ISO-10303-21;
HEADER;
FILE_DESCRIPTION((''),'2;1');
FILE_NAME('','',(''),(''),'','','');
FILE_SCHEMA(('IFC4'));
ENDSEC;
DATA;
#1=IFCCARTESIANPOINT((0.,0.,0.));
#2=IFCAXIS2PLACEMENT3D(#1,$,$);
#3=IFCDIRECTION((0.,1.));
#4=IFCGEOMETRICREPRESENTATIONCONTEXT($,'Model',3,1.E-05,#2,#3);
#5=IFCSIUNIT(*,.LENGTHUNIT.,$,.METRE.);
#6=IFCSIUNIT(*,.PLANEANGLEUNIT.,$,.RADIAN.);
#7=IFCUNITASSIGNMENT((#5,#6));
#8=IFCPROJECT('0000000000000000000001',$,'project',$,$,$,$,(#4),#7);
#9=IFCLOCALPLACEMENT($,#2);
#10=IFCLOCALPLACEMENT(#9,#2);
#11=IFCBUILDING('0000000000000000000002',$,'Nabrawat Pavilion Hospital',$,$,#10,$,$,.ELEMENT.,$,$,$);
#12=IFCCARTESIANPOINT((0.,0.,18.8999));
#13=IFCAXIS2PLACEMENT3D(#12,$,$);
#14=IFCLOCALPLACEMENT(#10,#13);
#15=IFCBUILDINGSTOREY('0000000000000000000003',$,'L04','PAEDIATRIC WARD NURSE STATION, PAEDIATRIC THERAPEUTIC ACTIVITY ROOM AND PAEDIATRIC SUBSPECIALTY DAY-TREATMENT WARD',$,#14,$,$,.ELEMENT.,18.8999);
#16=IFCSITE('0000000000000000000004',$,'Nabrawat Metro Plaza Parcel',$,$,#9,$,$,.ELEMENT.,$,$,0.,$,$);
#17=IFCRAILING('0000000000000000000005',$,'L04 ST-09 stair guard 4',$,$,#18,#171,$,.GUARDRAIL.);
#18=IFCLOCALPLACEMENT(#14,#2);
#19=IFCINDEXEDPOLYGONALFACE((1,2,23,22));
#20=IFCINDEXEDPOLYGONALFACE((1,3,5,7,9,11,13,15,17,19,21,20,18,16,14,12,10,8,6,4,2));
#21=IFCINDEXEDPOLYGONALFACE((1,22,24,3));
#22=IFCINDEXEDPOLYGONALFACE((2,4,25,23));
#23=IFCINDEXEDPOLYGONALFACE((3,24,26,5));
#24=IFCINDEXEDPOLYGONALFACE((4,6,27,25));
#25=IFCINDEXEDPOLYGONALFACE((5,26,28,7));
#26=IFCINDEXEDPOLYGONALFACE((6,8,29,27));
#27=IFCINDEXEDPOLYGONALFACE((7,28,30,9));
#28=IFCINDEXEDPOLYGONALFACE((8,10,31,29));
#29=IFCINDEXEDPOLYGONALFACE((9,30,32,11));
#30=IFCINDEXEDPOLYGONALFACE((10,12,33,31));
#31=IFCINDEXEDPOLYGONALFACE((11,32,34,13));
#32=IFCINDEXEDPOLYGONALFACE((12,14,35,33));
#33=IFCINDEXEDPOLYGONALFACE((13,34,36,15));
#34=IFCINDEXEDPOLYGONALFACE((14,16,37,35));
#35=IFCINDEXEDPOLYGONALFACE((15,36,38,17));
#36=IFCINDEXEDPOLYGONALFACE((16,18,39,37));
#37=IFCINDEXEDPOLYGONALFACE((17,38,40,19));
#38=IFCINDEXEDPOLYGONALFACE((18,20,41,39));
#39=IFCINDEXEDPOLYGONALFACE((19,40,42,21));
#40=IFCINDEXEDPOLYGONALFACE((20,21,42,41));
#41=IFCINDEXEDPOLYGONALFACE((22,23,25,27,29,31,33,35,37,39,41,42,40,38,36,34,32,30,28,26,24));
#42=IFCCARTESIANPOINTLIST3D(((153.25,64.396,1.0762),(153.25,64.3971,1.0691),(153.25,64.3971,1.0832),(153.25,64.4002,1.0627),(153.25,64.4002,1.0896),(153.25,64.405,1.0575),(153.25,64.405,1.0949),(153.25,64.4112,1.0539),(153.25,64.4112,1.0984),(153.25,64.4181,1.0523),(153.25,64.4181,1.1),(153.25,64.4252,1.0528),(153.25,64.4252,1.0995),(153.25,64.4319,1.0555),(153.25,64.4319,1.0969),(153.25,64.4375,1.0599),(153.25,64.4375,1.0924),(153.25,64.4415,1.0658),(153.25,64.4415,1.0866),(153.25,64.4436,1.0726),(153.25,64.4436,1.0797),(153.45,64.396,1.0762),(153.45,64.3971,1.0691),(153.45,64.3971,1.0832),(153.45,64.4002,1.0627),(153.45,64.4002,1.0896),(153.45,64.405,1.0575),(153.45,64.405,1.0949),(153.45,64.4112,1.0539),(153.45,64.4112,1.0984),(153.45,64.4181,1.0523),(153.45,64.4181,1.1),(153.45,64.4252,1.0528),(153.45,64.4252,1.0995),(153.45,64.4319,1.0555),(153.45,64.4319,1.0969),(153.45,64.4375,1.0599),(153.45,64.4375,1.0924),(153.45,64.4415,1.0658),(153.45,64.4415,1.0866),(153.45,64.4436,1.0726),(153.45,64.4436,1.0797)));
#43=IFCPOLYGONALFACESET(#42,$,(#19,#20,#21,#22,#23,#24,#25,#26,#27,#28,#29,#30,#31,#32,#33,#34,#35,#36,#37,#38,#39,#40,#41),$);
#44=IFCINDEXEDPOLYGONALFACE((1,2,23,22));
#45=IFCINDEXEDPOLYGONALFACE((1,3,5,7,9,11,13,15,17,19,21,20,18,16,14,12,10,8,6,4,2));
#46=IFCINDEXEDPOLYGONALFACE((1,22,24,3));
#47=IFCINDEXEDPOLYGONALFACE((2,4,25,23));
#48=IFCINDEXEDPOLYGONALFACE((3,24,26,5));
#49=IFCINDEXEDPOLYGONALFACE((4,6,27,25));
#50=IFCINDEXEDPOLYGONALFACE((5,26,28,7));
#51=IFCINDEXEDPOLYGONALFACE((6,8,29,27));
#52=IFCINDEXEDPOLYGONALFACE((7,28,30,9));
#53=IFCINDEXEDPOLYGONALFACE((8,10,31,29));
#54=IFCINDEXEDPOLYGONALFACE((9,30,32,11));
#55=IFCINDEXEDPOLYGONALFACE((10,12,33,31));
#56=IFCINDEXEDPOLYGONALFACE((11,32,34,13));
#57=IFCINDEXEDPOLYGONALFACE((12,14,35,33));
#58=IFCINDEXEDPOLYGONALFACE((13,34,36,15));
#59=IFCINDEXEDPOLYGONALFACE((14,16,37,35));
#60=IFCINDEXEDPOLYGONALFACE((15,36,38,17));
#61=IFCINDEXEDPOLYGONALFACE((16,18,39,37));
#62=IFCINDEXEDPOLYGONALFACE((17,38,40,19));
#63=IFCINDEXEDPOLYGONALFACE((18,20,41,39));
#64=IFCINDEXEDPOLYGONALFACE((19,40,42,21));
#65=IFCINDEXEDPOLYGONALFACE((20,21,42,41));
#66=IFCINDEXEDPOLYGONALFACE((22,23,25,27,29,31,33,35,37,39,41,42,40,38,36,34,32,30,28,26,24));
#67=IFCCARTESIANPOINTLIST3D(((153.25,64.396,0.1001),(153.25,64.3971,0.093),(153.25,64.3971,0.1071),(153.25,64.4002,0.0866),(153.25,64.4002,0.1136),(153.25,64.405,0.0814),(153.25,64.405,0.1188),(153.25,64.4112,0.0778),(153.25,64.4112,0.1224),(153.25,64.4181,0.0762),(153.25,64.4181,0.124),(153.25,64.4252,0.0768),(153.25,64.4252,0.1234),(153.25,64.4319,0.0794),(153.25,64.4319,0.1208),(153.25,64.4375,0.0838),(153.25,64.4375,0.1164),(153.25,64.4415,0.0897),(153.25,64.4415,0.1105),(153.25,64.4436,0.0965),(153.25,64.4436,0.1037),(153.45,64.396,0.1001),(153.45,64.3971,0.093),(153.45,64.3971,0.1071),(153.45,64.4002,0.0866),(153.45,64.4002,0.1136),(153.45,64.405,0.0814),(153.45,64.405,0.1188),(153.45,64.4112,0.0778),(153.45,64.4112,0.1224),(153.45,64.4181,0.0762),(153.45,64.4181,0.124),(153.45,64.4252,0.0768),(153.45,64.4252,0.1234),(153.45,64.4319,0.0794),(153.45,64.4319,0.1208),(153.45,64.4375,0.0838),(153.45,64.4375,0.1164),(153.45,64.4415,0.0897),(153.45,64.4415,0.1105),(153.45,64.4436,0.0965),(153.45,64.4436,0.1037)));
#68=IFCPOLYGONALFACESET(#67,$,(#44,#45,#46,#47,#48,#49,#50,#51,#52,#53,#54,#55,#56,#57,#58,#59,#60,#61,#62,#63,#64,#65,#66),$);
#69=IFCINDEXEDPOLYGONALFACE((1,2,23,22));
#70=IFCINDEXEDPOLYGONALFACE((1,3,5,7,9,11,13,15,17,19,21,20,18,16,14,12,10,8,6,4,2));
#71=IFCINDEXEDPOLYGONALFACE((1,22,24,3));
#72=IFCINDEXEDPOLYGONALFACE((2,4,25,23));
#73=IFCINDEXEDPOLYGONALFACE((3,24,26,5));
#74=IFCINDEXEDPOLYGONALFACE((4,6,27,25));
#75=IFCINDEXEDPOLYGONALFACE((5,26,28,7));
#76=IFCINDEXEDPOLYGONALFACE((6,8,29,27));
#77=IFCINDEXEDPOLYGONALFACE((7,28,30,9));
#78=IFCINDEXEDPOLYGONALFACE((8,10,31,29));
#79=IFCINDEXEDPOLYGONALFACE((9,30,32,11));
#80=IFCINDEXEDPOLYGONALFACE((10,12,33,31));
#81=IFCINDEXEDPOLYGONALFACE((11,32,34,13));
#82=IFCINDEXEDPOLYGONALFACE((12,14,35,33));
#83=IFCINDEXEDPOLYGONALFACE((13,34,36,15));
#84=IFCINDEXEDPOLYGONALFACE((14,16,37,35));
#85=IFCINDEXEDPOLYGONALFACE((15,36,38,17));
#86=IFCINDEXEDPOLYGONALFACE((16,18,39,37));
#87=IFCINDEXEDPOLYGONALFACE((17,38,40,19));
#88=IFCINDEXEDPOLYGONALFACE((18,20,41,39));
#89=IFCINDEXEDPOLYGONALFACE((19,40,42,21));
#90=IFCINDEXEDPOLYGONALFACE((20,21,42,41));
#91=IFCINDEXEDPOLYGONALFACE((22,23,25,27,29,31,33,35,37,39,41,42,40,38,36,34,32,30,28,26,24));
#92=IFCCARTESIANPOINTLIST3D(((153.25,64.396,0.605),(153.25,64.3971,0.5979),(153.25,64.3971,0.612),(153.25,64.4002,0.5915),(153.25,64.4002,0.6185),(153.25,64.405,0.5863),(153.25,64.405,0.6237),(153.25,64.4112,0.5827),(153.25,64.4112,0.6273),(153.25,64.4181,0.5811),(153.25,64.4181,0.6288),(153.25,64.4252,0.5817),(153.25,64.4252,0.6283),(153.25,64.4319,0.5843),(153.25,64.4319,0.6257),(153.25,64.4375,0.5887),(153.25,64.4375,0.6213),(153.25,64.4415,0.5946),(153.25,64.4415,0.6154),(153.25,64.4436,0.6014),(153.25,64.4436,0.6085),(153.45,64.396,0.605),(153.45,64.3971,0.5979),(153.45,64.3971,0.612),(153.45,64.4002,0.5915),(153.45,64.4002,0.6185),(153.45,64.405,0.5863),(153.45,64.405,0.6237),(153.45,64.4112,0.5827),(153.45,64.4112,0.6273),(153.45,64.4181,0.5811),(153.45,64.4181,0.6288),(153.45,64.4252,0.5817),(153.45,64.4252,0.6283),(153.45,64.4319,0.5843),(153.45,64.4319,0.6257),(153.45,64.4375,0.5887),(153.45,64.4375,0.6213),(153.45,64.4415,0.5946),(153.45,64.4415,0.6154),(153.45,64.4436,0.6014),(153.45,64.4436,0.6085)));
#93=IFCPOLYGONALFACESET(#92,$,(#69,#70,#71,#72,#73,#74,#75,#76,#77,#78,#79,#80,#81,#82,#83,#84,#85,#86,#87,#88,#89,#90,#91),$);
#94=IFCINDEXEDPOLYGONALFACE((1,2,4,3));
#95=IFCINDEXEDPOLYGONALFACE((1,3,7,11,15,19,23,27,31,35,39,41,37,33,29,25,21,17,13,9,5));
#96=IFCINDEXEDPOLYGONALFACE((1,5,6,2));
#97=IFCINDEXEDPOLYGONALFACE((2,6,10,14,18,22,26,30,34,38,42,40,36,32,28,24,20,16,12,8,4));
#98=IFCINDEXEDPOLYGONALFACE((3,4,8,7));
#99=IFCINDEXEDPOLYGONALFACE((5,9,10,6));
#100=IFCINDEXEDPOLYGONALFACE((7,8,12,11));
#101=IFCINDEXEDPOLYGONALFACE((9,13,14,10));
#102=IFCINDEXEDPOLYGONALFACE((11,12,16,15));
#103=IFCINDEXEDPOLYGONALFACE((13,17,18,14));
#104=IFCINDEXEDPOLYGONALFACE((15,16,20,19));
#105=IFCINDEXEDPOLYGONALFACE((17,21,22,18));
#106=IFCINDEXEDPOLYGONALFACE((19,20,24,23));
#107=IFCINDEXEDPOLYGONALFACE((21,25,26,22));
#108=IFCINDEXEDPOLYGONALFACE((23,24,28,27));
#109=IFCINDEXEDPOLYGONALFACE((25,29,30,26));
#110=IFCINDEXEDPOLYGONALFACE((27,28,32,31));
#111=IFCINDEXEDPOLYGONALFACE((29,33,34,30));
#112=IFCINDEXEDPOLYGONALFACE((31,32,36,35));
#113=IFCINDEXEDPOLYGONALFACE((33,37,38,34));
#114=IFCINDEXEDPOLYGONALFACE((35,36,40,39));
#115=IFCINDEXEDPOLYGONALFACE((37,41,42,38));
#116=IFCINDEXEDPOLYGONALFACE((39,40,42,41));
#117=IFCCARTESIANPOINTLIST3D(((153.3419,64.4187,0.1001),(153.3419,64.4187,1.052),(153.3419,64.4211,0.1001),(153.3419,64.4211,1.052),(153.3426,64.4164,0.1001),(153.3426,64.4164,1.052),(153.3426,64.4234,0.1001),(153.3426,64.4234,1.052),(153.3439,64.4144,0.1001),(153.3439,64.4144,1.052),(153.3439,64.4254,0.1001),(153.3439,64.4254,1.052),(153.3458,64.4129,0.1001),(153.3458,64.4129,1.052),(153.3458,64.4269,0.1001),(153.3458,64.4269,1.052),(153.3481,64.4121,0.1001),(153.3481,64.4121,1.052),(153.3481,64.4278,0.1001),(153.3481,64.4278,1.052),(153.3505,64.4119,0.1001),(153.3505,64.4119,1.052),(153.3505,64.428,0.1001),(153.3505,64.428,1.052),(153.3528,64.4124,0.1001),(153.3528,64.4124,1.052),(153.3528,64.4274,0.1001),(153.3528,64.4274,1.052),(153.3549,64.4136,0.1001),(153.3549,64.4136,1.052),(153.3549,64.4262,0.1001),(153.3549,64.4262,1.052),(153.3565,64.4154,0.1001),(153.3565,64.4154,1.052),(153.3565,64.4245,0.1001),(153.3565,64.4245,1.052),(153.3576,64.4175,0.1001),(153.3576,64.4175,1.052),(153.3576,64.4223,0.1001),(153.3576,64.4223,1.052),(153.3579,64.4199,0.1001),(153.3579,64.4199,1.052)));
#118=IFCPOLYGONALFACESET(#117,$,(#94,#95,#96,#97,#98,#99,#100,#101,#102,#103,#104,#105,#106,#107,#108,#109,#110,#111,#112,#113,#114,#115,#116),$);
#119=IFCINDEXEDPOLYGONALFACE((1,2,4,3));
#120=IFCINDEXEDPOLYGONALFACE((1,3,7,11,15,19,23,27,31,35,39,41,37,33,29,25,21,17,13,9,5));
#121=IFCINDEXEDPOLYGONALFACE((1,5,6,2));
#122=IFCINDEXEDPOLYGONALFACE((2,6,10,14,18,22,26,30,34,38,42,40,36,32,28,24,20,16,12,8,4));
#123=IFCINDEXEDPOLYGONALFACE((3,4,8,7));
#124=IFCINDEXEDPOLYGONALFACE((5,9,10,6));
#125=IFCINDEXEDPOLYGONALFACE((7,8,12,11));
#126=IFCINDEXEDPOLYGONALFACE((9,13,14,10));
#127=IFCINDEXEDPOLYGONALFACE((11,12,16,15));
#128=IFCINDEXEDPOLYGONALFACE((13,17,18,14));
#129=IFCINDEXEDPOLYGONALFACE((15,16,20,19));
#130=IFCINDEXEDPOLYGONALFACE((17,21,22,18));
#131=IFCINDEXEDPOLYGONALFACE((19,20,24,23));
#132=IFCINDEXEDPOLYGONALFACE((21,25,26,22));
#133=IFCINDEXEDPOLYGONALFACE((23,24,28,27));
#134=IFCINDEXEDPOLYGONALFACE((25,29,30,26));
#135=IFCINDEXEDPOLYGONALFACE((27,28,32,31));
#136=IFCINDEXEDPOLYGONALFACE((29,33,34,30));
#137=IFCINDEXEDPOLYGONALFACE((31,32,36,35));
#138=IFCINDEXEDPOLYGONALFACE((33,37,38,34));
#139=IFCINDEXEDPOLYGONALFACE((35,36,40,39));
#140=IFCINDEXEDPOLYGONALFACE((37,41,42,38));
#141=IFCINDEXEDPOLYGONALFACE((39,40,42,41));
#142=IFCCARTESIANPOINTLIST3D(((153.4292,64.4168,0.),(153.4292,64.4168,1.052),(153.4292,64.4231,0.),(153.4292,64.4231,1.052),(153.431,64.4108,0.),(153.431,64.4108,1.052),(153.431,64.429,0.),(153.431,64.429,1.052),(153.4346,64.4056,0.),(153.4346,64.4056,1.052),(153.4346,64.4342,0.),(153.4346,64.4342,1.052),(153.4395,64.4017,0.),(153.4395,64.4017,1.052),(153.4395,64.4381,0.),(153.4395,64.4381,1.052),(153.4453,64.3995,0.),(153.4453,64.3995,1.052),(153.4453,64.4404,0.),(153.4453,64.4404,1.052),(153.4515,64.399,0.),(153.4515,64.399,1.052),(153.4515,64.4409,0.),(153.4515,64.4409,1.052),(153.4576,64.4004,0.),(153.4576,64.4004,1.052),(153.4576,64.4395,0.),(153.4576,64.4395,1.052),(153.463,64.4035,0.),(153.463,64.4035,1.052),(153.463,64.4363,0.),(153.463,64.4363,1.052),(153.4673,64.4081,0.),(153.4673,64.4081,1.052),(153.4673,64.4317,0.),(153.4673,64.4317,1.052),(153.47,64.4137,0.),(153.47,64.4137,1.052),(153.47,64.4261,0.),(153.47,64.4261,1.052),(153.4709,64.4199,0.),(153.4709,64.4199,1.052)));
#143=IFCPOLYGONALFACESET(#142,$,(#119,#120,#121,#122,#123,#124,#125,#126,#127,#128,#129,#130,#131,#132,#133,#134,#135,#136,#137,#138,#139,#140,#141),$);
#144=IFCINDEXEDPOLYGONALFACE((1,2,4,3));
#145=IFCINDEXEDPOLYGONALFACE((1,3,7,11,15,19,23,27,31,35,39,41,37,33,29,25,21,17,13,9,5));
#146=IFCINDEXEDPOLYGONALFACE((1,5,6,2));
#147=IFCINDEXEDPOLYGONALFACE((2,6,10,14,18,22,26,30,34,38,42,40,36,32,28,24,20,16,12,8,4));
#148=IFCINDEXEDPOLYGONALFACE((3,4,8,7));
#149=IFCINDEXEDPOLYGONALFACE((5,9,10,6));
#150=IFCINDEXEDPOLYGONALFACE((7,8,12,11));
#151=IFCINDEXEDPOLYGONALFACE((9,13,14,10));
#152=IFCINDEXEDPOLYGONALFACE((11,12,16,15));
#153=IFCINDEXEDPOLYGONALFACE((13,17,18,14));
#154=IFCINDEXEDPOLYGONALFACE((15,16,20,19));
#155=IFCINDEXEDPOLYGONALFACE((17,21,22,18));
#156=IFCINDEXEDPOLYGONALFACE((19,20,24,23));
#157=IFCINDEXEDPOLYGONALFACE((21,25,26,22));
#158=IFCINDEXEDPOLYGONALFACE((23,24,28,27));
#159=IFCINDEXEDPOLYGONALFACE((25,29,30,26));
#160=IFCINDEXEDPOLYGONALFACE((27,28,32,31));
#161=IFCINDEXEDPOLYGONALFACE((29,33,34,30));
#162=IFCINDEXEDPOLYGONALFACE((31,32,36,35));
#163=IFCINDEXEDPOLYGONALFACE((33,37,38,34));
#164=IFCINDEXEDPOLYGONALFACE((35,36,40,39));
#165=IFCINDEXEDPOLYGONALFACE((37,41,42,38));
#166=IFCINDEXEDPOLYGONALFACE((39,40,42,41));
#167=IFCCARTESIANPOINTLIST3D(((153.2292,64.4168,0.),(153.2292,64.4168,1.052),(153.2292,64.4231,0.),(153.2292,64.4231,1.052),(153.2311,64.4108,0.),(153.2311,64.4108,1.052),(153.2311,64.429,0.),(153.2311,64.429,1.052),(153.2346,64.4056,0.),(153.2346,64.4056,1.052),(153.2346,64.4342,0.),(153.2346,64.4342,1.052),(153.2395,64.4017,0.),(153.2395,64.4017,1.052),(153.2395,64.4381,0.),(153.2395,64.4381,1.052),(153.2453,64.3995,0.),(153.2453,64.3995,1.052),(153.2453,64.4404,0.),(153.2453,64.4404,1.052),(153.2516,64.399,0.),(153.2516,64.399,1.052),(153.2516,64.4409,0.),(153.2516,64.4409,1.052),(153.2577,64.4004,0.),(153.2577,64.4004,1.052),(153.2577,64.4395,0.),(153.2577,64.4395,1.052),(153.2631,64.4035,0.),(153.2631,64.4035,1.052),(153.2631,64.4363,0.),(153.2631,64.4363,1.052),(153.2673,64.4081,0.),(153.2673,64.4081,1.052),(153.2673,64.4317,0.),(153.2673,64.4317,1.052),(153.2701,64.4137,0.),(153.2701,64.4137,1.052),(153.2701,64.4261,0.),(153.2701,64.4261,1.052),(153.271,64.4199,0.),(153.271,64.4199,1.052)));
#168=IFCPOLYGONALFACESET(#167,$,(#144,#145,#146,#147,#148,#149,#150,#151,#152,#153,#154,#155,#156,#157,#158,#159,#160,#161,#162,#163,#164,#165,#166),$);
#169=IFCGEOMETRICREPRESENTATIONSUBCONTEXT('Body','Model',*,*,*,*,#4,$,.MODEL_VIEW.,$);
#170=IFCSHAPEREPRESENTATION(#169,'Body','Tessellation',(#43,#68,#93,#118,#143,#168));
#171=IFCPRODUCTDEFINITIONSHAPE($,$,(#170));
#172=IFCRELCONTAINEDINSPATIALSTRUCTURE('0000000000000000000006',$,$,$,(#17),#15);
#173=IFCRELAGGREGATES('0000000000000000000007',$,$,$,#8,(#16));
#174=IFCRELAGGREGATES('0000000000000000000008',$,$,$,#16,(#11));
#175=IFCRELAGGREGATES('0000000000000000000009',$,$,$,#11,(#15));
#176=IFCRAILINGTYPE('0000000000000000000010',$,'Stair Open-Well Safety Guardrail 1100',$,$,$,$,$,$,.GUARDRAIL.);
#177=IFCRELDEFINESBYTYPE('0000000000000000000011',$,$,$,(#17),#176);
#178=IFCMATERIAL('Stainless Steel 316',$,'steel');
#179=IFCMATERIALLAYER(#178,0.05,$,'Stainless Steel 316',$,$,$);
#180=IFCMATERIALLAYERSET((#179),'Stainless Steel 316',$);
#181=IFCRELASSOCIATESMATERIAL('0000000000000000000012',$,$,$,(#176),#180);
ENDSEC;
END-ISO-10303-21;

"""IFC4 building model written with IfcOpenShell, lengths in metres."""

from ifc_helpers import new_model, si_unit, direction, frame, origin, origin_2d, place, context, subcontext, project, spatial, circle, extrude, material, layer, layer_set, type_object, element, save


model = new_model("IFC4")

# Units and contexts
model_context = context("Model", 3, precision=1e-05, world=origin(), true_north=direction((0.0, 1.0)))
body_context = subcontext(model_context, "Body", "Model", "MODEL_VIEW")
ifc_project = project(units=[si_unit("LENGTHUNIT", "METRE"), si_unit("PLANEANGLEUNIT", "RADIAN")], contexts=[model_context])

# Site, building, storey
site_placement = place(None, origin())
site = spatial("IfcSite", under=ifc_project, at=site_placement, Name="Nabrawat Metro Plaza Parcel", CompositionType="ELEMENT", RefElevation=0.0)
building_placement = place(site_placement, origin())
building = spatial("IfcBuilding", under=site, at=building_placement, Name="Nabrawat Pavilion Hospital", CompositionType="ELEMENT")
storey_placement = place(building_placement, frame((0.0, 0.0, 18.8999)))
storey = spatial("IfcBuildingStorey", under=building, at=storey_placement, Name="L04", Description="PAEDIATRIC WARD NURSE STATION, PAEDIATRIC THERAPEUTIC ACTIVITY ROOM AND PAEDIATRIC SUBSPECIALTY DAY-TREATMENT WARD", CompositionType="ELEMENT", Elevation=18.8999)

# Railing
ifc_material_1 = material(Name="Stainless Steel 316", Category="steel")
ifc_layer_1 = layer(ifc_material_1, 0.05, Name="Stainless Steel 316")
ifc_layer_set_1 = layer_set([ifc_layer_1], Name="Stainless Steel 316")
railing_type_1 = type_object("IfcRailingType", Name="Stair Open-Well Safety Guardrail 1100", PredefinedType="GUARDRAIL", material=ifc_layer_set_1)
railing_1_placement = place(storey_placement, frame((153.45, 64.4199, 0.0)))
element("IfcRailing", 1, at=railing_1_placement, inside=storey, type_object=railing_type_1, Name="L04 ST-09 stair guard 4", PredefinedType="GUARDRAIL", context=body_context, shape_type="SweptSolid", body=[
    extrude(circle(Radius=0.0239, at=origin_2d()), frame((0.0, 0.0, 1.0762), z_axis=(-1.0, 0.0, 0.0), x_axis=(0.0, -1.0, 0.0)), (0.0, 0.0, 1.0), 0.2),
    extrude(circle(Radius=0.0239, at=origin_2d()), frame((0.0, 0.0, 0.1001), z_axis=(-1.0, 0.0, 0.0), x_axis=(0.0, -1.0, 0.0)), (0.0, 0.0, 1.0), 0.2),
    extrude(circle(Radius=0.0239, at=origin_2d()), frame((0.0, 0.0, 0.605), z_axis=(-1.0, 0.0, 0.0), x_axis=(0.0, -1.0, 0.0)), (0.0, 0.0, 1.0), 0.2),
    extrude(circle(Radius=0.0081, at=origin_2d()), frame((-0.1001, 0.0, 0.1001)), (0.0, 0.0, 1.0), 0.9519),
    extrude(circle(Radius=0.021, at=origin_2d()), origin(), (0.0, 0.0, 1.0), 1.052),
    extrude(circle(Radius=0.021, at=origin_2d()), frame((-0.2, 0.0, 0.0)), (0.0, 0.0, 1.0), 1.052),
])

save(model, "model.ifc")
